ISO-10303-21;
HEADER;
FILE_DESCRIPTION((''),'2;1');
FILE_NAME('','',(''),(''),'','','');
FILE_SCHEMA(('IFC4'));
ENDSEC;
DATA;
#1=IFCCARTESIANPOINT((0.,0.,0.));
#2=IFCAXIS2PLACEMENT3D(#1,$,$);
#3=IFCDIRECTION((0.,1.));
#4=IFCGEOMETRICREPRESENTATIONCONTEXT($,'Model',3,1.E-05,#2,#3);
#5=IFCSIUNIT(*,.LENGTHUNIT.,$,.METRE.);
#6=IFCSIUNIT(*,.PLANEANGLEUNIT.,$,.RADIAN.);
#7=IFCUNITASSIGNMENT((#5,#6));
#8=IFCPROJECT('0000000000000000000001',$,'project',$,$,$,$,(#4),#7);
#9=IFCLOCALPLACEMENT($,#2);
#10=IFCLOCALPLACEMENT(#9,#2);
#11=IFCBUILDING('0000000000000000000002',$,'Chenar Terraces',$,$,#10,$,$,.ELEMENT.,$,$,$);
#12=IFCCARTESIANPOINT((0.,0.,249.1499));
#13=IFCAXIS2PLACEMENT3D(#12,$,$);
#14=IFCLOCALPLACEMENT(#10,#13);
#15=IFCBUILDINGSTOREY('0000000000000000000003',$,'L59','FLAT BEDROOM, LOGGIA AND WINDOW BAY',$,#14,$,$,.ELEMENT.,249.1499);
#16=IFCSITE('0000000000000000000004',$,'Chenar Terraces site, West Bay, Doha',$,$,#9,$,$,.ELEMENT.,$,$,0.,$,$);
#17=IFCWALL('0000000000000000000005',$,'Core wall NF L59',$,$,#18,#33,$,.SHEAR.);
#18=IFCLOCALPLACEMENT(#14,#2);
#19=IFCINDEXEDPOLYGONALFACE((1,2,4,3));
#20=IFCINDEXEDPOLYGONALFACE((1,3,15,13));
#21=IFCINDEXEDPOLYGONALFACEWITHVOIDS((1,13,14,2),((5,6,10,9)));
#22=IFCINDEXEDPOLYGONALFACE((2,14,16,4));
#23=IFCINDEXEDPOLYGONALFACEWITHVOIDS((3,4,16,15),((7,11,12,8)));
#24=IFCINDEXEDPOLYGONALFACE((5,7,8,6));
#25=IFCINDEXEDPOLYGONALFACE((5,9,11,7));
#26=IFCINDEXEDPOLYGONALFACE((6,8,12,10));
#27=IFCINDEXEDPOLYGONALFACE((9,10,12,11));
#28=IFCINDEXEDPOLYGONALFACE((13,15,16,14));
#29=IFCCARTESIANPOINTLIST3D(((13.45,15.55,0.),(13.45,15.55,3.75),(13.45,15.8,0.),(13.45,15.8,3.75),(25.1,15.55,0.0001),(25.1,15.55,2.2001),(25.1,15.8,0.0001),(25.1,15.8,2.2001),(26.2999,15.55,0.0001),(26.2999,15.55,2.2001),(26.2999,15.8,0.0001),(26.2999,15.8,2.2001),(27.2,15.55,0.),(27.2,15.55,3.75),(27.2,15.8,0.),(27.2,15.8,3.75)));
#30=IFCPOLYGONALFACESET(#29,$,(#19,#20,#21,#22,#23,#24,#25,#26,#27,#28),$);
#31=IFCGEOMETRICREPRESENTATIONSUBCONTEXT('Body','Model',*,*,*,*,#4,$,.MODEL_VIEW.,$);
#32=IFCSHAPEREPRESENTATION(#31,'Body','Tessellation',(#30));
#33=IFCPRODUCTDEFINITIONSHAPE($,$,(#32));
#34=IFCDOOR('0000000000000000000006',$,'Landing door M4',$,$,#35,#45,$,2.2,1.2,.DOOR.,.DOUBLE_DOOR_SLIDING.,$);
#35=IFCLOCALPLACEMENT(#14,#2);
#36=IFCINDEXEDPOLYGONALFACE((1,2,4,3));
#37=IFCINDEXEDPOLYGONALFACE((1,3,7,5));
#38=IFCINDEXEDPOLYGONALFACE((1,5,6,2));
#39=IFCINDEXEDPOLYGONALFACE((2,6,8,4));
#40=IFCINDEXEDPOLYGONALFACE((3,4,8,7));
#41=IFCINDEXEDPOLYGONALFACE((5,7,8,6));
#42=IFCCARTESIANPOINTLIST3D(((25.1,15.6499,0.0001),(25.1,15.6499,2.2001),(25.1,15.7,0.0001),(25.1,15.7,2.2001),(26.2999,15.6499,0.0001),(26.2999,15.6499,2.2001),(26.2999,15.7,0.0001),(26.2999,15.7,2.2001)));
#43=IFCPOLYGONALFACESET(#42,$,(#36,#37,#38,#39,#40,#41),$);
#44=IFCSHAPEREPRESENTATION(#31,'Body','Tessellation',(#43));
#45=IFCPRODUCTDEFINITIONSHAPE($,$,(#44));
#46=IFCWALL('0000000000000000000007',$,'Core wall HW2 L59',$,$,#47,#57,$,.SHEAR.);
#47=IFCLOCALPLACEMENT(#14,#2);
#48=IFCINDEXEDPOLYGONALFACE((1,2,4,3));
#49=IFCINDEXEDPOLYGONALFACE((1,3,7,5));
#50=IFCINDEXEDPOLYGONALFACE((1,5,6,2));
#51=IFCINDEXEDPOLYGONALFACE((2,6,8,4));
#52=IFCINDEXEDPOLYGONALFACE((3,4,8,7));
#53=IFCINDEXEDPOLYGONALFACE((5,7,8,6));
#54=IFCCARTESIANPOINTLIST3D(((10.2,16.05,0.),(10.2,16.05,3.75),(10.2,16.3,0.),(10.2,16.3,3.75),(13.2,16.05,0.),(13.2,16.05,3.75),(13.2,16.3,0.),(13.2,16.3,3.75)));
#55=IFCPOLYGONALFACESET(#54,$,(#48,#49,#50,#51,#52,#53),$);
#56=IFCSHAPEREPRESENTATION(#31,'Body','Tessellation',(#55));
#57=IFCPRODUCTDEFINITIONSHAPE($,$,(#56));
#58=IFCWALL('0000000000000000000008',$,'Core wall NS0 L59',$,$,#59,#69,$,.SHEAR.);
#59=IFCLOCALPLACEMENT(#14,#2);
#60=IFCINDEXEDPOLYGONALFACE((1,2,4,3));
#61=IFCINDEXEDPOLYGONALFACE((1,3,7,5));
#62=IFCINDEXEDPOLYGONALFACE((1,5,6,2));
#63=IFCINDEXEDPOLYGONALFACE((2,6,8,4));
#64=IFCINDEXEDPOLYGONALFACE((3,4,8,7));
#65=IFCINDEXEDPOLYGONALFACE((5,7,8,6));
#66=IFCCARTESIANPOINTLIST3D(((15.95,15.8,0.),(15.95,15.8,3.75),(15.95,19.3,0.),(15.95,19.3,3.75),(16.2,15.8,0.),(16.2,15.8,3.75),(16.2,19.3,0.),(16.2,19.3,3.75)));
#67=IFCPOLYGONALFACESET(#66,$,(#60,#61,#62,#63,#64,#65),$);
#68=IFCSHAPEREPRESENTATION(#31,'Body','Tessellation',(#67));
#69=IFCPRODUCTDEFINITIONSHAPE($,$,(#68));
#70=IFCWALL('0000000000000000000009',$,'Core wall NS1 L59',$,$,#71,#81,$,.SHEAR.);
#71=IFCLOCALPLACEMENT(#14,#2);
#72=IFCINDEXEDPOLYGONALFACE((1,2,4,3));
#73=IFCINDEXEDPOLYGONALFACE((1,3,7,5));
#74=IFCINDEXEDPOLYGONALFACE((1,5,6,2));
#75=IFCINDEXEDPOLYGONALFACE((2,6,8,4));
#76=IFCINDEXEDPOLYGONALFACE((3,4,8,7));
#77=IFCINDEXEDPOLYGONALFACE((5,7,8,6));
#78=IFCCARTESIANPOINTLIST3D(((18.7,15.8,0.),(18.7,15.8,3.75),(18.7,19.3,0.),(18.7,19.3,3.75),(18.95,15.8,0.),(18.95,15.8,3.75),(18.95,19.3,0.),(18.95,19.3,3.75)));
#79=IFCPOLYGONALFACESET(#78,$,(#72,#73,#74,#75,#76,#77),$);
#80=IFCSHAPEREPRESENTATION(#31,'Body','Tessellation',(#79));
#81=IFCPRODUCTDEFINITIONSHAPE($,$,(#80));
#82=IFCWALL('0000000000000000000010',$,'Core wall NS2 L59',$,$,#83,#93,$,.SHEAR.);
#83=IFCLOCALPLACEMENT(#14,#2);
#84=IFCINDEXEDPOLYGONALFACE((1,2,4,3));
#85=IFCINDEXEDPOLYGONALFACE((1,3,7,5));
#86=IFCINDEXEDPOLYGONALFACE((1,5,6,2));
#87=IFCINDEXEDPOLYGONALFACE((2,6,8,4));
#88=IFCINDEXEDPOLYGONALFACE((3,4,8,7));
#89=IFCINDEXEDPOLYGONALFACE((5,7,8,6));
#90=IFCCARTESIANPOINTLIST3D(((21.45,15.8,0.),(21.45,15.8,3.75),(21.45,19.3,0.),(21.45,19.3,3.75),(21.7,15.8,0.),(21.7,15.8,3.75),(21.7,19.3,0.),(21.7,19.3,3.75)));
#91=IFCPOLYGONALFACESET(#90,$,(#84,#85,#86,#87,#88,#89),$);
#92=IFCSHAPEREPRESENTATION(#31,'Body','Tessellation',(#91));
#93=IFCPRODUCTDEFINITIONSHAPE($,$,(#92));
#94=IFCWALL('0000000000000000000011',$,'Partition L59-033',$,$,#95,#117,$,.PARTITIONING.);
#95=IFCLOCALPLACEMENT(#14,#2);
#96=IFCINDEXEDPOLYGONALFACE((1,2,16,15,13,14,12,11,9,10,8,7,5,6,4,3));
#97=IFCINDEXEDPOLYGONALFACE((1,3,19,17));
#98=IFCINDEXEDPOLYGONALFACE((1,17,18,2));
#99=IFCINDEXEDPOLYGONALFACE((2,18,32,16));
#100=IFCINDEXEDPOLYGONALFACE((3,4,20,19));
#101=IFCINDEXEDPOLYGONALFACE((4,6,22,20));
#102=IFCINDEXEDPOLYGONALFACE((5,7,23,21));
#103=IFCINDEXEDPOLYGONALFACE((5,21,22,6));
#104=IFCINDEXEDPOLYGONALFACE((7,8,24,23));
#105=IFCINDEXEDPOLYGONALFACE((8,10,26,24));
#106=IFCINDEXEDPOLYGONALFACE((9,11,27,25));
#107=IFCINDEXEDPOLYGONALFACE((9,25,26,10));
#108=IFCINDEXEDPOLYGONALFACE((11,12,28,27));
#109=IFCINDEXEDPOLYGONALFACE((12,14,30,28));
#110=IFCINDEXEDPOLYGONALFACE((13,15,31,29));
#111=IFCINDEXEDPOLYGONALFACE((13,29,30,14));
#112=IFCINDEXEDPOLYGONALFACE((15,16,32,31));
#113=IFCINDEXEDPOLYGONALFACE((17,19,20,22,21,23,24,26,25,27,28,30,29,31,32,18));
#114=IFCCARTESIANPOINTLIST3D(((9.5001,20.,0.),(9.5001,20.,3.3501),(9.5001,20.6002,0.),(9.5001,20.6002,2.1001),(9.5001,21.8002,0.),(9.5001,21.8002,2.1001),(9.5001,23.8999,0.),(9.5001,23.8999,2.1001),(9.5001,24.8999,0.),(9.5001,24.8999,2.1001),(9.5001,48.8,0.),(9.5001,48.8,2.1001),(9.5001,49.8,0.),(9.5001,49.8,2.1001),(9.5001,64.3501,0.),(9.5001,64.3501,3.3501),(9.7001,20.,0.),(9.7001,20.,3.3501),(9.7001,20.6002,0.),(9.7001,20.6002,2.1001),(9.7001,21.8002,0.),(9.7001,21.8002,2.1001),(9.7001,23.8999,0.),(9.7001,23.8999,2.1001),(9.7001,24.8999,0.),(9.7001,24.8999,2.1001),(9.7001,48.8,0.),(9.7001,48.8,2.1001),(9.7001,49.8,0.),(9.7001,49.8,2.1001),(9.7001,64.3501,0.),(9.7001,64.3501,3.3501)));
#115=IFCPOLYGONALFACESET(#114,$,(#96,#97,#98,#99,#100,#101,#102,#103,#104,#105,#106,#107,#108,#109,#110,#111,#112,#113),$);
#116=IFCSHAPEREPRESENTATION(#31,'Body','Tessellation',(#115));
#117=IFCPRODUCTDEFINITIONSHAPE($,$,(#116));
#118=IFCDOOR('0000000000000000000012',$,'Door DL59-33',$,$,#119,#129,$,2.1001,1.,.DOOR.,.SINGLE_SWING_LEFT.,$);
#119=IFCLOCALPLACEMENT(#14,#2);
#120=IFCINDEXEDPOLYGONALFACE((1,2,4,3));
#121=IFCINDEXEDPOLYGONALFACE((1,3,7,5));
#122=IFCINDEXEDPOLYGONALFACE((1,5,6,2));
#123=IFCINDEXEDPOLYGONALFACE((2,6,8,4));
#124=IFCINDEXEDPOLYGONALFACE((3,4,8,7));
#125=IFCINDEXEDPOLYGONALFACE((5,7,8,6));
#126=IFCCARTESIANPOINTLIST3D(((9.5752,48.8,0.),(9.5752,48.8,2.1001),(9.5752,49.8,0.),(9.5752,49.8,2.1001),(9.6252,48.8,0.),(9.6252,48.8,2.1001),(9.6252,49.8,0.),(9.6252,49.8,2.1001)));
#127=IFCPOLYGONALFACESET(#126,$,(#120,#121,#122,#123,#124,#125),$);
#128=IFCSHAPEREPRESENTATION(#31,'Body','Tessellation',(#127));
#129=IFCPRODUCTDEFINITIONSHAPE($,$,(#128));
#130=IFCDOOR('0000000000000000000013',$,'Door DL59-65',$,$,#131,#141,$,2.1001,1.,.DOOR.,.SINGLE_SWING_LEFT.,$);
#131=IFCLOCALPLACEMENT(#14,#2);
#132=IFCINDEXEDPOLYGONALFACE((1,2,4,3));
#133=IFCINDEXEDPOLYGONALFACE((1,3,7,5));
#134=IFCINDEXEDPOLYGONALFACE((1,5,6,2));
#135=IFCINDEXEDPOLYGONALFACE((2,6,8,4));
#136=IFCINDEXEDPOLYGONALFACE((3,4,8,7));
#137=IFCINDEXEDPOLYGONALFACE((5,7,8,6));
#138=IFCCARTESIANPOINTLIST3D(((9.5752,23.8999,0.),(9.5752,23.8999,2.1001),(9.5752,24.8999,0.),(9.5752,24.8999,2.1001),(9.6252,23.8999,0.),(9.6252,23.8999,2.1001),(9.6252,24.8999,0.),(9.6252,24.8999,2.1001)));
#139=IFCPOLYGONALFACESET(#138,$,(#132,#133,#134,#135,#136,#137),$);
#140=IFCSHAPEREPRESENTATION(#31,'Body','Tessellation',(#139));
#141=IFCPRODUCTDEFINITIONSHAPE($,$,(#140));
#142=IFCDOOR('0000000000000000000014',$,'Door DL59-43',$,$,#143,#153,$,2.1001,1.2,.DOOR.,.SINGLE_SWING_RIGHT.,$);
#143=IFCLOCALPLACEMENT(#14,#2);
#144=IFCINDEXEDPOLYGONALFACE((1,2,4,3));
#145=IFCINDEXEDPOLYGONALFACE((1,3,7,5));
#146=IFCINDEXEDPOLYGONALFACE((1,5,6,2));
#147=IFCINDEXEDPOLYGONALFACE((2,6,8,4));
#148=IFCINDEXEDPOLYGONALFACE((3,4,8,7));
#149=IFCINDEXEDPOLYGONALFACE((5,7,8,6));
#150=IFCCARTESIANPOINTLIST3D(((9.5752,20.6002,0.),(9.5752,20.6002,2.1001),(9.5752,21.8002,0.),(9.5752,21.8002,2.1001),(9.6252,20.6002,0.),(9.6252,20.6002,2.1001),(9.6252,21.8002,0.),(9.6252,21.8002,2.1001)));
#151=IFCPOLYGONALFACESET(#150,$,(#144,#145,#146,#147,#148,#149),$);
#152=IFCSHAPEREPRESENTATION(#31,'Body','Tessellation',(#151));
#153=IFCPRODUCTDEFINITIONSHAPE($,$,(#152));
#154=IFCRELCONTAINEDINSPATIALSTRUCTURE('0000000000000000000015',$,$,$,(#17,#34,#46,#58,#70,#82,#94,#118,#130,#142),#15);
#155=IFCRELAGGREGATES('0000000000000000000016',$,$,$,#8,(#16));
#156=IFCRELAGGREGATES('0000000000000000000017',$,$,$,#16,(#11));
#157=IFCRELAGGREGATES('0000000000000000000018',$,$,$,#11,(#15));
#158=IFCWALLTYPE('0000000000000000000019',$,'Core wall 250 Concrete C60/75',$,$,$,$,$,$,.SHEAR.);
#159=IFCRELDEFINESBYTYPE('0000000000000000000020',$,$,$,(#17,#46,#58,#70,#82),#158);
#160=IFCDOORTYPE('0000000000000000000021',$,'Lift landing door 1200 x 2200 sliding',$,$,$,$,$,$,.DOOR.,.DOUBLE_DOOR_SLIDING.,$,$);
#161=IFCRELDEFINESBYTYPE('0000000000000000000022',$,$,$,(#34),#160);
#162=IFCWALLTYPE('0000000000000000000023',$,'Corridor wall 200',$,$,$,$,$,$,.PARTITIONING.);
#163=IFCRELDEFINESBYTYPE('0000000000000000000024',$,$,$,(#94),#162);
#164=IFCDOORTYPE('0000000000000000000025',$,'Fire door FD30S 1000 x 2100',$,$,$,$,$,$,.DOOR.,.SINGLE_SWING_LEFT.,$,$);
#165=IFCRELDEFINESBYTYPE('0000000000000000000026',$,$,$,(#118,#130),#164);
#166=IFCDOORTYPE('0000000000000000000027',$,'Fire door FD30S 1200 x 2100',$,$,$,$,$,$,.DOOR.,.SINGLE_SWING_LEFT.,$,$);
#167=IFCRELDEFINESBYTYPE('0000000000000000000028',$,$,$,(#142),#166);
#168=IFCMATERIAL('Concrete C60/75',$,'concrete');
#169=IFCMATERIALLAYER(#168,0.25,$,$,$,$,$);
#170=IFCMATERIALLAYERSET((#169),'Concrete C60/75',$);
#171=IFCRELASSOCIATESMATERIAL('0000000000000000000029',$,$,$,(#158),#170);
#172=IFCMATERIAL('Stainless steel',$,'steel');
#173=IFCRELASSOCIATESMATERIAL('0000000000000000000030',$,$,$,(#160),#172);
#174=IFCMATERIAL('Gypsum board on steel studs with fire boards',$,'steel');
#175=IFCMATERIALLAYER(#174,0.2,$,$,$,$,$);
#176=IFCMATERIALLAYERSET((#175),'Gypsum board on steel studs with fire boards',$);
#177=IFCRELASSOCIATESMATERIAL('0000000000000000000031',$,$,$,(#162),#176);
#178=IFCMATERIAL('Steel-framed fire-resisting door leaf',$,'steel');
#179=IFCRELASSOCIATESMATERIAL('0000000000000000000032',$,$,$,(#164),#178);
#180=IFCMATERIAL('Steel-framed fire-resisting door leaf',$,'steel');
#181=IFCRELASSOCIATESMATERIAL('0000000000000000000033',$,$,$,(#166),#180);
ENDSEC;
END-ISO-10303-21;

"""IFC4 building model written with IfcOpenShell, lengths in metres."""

from ifc_helpers import new_model, si_unit, direction, frame, frame_2d, origin, place, context, subcontext, project, spatial, rectangle, extrude, material, layer, layer_set, type_object, element, fill, save


model = new_model("IFC4")

# Units and contexts
model_context = context("Model", 3, precision=1e-05, world=origin(), true_north=direction((0.0, 1.0)))
body_context = subcontext(model_context, "Body", "Model", "MODEL_VIEW")
ifc_project = project(units=[si_unit("LENGTHUNIT", "METRE"), si_unit("PLANEANGLEUNIT", "RADIAN")], contexts=[model_context])

# Site, building, storey
site_placement = place(None, origin())
site = spatial("IfcSite", under=ifc_project, at=site_placement, Name="Chenar Terraces site, West Bay, Doha", CompositionType="ELEMENT", RefElevation=0.0)
building_placement = place(site_placement, origin())
building = spatial("IfcBuilding", under=site, at=building_placement, Name="Chenar Terraces", CompositionType="ELEMENT")
storey_placement = place(building_placement, frame((0.0, 0.0, 249.1499)))
storey = spatial("IfcBuildingStorey", under=building, at=storey_placement, Name="L59", Description="FLAT BEDROOM, LOGGIA AND WINDOW BAY", CompositionType="ELEMENT", Elevation=249.1499)

# Wall, opening, door
ifc_material_1 = material(Name="Concrete C60/75", Category="concrete")
ifc_layer_1 = layer(ifc_material_1, 0.25)
ifc_layer_set_1 = layer_set([ifc_layer_1], Name="Concrete C60/75")
wall_type_1 = type_object("IfcWallType", Name="Core wall 250 Concrete C60/75", PredefinedType="SHEAR", material=ifc_layer_set_1)
wall_1_placement = place(storey_placement, frame((13.45, 15.675, 0.0), z_axis=(0.0, 0.0, 1.0), x_axis=(1.0, 0.0, 0.0)))
wall_1 = element("IfcWall", 1, at=wall_1_placement, inside=storey, type_object=wall_type_1, Name="Core wall NF L59", PredefinedType="SHEAR", context=body_context, shape_type="SweptSolid", body=[
    extrude(rectangle(XDim=13.75, YDim=0.25, at=frame_2d((6.875, 0.0))), origin(), (0.0, 0.0, 1.0), 3.75),
])
opening_1_placement = place(wall_1_placement, frame((11.6499, 0.0, 0.0)))
opening_1 = element("IfcOpeningElement", 2, at=opening_1_placement, cuts=wall_1, PredefinedType="OPENING", context=body_context, shape_type="SweptSolid", body=[
    extrude(rectangle(XDim=1.2, YDim=2.2, at=frame_2d((0.6001, 1.1001))), frame((0.0, 0.135, 0.0), z_axis=(0.0, -1.0, 0.0), x_axis=(1.0, 0.0, 0.0)), (0.0, 0.0, 1.0), 0.27),
])
ifc_material_2 = material(Name="Stainless steel", Category="steel")
door_type_1 = type_object("IfcDoorType", Name="Lift landing door 1200 x 2200 sliding", OperationType="DOUBLE_DOOR_SLIDING", PredefinedType="DOOR", material=ifc_material_2)
door_1_placement = place(opening_1_placement, origin())
door_1 = element("IfcDoor", 3, at=door_1_placement, inside=storey, type_object=door_type_1, Name="Landing door M4", OperationType="DOUBLE_DOOR_SLIDING", OverallHeight=2.2, OverallWidth=1.2, PredefinedType="DOOR", context=body_context, shape_type="SweptSolid", body=[
    extrude(rectangle(XDim=1.2, YDim=2.2, at=frame_2d((0.6001, 1.1001))), frame((0.0, 0.0249, 0.0), z_axis=(0.0, -1.0, 0.0), x_axis=(1.0, 0.0, 0.0)), (0.0, 0.0, 1.0), 0.05),
])
fill(opening_1, door_1)

# Walls
wall_2_placement = place(storey_placement, frame((10.2, 16.175, 0.0), z_axis=(0.0, 0.0, 1.0), x_axis=(1.0, 0.0, 0.0)))
element("IfcWall", 4, at=wall_2_placement, inside=storey, type_object=wall_type_1, Name="Core wall HW2 L59", PredefinedType="SHEAR", context=body_context, shape_type="SweptSolid", body=[
    extrude(rectangle(XDim=3.0, YDim=0.25, at=frame_2d((1.5, 0.0))), origin(), (0.0, 0.0, 1.0), 3.75),
])
for number, where, z_axis, x_axis, name in (
    (5, (16.075, 15.8, 0.0), (0.0, 0.0, 1.0), (0.0, 1.0, 0.0), "Core wall NS0 L59"),
    (6, (18.825, 15.8, 0.0), (0.0, 0.0, 1.0), (0.0, 1.0, 0.0), "Core wall NS1 L59"),
    (7, (21.575, 15.8, 0.0), (0.0, 0.0, 1.0), (0.0, 1.0, 0.0), "Core wall NS2 L59"),
):
    element("IfcWall", number, at=place(storey_placement, frame(where, z_axis=z_axis, x_axis=x_axis)), inside=storey, type_object=wall_type_1, Name=name, PredefinedType="SHEAR", context=body_context, shape_type="SweptSolid", body=[
        extrude(rectangle(XDim=3.5, YDim=0.25, at=frame_2d((1.75, 0.0))), origin(), (0.0, 0.0, 1.0), 3.75),
    ])

# Wall, openings, doors
ifc_material_3 = material(Name="Gypsum board on steel studs with fire boards", Category="steel")
ifc_layer_2 = layer(ifc_material_3, 0.2)
ifc_layer_set_2 = layer_set([ifc_layer_2], Name="Gypsum board on steel studs with fire boards")
wall_type_2 = type_object("IfcWallType", Name="Corridor wall 200", PredefinedType="PARTITIONING", material=ifc_layer_set_2)
wall_3_placement = place(storey_placement, frame((9.6001, 20.0, 0.0), z_axis=(0.0, 0.0, 1.0), x_axis=(0.0, 1.0, 0.0)))
wall_3 = element("IfcWall", 8, at=wall_3_placement, inside=storey, type_object=wall_type_2, Name="Partition L59-033", PredefinedType="PARTITIONING", context=body_context, shape_type="SweptSolid", body=[
    extrude(rectangle(XDim=44.3501, YDim=0.2, at=frame_2d((22.175, 0.0))), origin(), (0.0, 0.0, 1.0), 3.3501),
])
opening_2_placement = place(wall_3_placement, frame((28.8, 0.0, 0.0)))
opening_2 = element("IfcOpeningElement", 9, at=opening_2_placement, cuts=wall_3, PredefinedType="OPENING", context=body_context, shape_type="SweptSolid", body=[
    extrude(rectangle(XDim=1.0, YDim=2.1001, at=frame_2d((0.5, 1.05))), frame((0.0, 0.1099, 0.0), z_axis=(0.0, -1.0, 0.0), x_axis=(1.0, 0.0, 0.0)), (0.0, 0.0, 1.0), 0.22),
])
opening_3_placement = place(wall_3_placement, frame((0.6001, 0.0, 0.0)))
opening_3 = element("IfcOpeningElement", 10, at=opening_3_placement, cuts=wall_3, PredefinedType="OPENING", context=body_context, shape_type="SweptSolid", body=[
    extrude(rectangle(XDim=1.2, YDim=2.1001, at=frame_2d((0.6001, 1.05))), frame((0.0, 0.1099, 0.0), z_axis=(0.0, -1.0, 0.0), x_axis=(1.0, 0.0, 0.0)), (0.0, 0.0, 1.0), 0.22),
])
opening_4_placement = place(wall_3_placement, frame((3.8999, 0.0, 0.0)))
opening_4 = element("IfcOpeningElement", 11, at=opening_4_placement, cuts=wall_3, PredefinedType="OPENING", context=body_context, shape_type="SweptSolid", body=[
    extrude(rectangle(XDim=1.0, YDim=2.1001, at=frame_2d((0.5, 1.05))), frame((0.0, 0.1099, 0.0), z_axis=(0.0, -1.0, 0.0), x_axis=(1.0, 0.0, 0.0)), (0.0, 0.0, 1.0), 0.22),
])
ifc_material_4 = material(Name="Steel-framed fire-resisting door leaf", Category="steel")
door_type_2 = type_object("IfcDoorType", Name="Fire door FD30S 1000 x 2100", OperationType="SINGLE_SWING_LEFT", PredefinedType="DOOR", material=ifc_material_4)
door_2_placement = place(opening_2_placement, origin())
door_2 = element("IfcDoor", 12, at=door_2_placement, inside=storey, type_object=door_type_2, Name="Door DL59-33", OperationType="SINGLE_SWING_LEFT", OverallHeight=2.1001, OverallWidth=1.0, PredefinedType="DOOR", context=body_context, shape_type="SweptSolid", body=[
    extrude(rectangle(XDim=1.0, YDim=2.1001, at=frame_2d((0.5, 1.05))), frame((0.0, 0.0249, 0.0), z_axis=(0.0, -1.0, 0.0), x_axis=(1.0, 0.0, 0.0)), (0.0, 0.0, 1.0), 0.05),
])
fill(opening_2, door_2)
door_3_placement = place(opening_4_placement, origin())
door_3 = element("IfcDoor", 13, at=door_3_placement, inside=storey, type_object=door_type_2, Name="Door DL59-65", OperationType="SINGLE_SWING_LEFT", OverallHeight=2.1001, OverallWidth=1.0, PredefinedType="DOOR", context=body_context, shape_type="SweptSolid", body=[
    extrude(rectangle(XDim=1.0, YDim=2.1001, at=frame_2d((0.5, 1.05))), frame((0.0, 0.0249, 0.0), z_axis=(0.0, -1.0, 0.0), x_axis=(1.0, 0.0, 0.0)), (0.0, 0.0, 1.0), 0.05),
])
fill(opening_4, door_3)
ifc_material_5 = material(Name="Steel-framed fire-resisting door leaf", Category="steel")
door_type_3 = type_object("IfcDoorType", Name="Fire door FD30S 1200 x 2100", OperationType="SINGLE_SWING_LEFT", PredefinedType="DOOR", material=ifc_material_5)
door_4_placement = place(opening_3_placement, origin())
door_4 = element("IfcDoor", 14, at=door_4_placement, inside=storey, type_object=door_type_3, Name="Door DL59-43", OperationType="SINGLE_SWING_RIGHT", OverallHeight=2.1001, OverallWidth=1.2, PredefinedType="DOOR", context=body_context, shape_type="SweptSolid", body=[
    extrude(rectangle(XDim=1.2, YDim=2.1001, at=frame_2d((0.6001, 1.05))), frame((0.0, 0.0249, 0.0), z_axis=(0.0, -1.0, 0.0), x_axis=(1.0, 0.0, 0.0)), (0.0, 0.0, 1.0), 0.05),
])
fill(opening_3, door_4)

save(model, "model.ifc")
